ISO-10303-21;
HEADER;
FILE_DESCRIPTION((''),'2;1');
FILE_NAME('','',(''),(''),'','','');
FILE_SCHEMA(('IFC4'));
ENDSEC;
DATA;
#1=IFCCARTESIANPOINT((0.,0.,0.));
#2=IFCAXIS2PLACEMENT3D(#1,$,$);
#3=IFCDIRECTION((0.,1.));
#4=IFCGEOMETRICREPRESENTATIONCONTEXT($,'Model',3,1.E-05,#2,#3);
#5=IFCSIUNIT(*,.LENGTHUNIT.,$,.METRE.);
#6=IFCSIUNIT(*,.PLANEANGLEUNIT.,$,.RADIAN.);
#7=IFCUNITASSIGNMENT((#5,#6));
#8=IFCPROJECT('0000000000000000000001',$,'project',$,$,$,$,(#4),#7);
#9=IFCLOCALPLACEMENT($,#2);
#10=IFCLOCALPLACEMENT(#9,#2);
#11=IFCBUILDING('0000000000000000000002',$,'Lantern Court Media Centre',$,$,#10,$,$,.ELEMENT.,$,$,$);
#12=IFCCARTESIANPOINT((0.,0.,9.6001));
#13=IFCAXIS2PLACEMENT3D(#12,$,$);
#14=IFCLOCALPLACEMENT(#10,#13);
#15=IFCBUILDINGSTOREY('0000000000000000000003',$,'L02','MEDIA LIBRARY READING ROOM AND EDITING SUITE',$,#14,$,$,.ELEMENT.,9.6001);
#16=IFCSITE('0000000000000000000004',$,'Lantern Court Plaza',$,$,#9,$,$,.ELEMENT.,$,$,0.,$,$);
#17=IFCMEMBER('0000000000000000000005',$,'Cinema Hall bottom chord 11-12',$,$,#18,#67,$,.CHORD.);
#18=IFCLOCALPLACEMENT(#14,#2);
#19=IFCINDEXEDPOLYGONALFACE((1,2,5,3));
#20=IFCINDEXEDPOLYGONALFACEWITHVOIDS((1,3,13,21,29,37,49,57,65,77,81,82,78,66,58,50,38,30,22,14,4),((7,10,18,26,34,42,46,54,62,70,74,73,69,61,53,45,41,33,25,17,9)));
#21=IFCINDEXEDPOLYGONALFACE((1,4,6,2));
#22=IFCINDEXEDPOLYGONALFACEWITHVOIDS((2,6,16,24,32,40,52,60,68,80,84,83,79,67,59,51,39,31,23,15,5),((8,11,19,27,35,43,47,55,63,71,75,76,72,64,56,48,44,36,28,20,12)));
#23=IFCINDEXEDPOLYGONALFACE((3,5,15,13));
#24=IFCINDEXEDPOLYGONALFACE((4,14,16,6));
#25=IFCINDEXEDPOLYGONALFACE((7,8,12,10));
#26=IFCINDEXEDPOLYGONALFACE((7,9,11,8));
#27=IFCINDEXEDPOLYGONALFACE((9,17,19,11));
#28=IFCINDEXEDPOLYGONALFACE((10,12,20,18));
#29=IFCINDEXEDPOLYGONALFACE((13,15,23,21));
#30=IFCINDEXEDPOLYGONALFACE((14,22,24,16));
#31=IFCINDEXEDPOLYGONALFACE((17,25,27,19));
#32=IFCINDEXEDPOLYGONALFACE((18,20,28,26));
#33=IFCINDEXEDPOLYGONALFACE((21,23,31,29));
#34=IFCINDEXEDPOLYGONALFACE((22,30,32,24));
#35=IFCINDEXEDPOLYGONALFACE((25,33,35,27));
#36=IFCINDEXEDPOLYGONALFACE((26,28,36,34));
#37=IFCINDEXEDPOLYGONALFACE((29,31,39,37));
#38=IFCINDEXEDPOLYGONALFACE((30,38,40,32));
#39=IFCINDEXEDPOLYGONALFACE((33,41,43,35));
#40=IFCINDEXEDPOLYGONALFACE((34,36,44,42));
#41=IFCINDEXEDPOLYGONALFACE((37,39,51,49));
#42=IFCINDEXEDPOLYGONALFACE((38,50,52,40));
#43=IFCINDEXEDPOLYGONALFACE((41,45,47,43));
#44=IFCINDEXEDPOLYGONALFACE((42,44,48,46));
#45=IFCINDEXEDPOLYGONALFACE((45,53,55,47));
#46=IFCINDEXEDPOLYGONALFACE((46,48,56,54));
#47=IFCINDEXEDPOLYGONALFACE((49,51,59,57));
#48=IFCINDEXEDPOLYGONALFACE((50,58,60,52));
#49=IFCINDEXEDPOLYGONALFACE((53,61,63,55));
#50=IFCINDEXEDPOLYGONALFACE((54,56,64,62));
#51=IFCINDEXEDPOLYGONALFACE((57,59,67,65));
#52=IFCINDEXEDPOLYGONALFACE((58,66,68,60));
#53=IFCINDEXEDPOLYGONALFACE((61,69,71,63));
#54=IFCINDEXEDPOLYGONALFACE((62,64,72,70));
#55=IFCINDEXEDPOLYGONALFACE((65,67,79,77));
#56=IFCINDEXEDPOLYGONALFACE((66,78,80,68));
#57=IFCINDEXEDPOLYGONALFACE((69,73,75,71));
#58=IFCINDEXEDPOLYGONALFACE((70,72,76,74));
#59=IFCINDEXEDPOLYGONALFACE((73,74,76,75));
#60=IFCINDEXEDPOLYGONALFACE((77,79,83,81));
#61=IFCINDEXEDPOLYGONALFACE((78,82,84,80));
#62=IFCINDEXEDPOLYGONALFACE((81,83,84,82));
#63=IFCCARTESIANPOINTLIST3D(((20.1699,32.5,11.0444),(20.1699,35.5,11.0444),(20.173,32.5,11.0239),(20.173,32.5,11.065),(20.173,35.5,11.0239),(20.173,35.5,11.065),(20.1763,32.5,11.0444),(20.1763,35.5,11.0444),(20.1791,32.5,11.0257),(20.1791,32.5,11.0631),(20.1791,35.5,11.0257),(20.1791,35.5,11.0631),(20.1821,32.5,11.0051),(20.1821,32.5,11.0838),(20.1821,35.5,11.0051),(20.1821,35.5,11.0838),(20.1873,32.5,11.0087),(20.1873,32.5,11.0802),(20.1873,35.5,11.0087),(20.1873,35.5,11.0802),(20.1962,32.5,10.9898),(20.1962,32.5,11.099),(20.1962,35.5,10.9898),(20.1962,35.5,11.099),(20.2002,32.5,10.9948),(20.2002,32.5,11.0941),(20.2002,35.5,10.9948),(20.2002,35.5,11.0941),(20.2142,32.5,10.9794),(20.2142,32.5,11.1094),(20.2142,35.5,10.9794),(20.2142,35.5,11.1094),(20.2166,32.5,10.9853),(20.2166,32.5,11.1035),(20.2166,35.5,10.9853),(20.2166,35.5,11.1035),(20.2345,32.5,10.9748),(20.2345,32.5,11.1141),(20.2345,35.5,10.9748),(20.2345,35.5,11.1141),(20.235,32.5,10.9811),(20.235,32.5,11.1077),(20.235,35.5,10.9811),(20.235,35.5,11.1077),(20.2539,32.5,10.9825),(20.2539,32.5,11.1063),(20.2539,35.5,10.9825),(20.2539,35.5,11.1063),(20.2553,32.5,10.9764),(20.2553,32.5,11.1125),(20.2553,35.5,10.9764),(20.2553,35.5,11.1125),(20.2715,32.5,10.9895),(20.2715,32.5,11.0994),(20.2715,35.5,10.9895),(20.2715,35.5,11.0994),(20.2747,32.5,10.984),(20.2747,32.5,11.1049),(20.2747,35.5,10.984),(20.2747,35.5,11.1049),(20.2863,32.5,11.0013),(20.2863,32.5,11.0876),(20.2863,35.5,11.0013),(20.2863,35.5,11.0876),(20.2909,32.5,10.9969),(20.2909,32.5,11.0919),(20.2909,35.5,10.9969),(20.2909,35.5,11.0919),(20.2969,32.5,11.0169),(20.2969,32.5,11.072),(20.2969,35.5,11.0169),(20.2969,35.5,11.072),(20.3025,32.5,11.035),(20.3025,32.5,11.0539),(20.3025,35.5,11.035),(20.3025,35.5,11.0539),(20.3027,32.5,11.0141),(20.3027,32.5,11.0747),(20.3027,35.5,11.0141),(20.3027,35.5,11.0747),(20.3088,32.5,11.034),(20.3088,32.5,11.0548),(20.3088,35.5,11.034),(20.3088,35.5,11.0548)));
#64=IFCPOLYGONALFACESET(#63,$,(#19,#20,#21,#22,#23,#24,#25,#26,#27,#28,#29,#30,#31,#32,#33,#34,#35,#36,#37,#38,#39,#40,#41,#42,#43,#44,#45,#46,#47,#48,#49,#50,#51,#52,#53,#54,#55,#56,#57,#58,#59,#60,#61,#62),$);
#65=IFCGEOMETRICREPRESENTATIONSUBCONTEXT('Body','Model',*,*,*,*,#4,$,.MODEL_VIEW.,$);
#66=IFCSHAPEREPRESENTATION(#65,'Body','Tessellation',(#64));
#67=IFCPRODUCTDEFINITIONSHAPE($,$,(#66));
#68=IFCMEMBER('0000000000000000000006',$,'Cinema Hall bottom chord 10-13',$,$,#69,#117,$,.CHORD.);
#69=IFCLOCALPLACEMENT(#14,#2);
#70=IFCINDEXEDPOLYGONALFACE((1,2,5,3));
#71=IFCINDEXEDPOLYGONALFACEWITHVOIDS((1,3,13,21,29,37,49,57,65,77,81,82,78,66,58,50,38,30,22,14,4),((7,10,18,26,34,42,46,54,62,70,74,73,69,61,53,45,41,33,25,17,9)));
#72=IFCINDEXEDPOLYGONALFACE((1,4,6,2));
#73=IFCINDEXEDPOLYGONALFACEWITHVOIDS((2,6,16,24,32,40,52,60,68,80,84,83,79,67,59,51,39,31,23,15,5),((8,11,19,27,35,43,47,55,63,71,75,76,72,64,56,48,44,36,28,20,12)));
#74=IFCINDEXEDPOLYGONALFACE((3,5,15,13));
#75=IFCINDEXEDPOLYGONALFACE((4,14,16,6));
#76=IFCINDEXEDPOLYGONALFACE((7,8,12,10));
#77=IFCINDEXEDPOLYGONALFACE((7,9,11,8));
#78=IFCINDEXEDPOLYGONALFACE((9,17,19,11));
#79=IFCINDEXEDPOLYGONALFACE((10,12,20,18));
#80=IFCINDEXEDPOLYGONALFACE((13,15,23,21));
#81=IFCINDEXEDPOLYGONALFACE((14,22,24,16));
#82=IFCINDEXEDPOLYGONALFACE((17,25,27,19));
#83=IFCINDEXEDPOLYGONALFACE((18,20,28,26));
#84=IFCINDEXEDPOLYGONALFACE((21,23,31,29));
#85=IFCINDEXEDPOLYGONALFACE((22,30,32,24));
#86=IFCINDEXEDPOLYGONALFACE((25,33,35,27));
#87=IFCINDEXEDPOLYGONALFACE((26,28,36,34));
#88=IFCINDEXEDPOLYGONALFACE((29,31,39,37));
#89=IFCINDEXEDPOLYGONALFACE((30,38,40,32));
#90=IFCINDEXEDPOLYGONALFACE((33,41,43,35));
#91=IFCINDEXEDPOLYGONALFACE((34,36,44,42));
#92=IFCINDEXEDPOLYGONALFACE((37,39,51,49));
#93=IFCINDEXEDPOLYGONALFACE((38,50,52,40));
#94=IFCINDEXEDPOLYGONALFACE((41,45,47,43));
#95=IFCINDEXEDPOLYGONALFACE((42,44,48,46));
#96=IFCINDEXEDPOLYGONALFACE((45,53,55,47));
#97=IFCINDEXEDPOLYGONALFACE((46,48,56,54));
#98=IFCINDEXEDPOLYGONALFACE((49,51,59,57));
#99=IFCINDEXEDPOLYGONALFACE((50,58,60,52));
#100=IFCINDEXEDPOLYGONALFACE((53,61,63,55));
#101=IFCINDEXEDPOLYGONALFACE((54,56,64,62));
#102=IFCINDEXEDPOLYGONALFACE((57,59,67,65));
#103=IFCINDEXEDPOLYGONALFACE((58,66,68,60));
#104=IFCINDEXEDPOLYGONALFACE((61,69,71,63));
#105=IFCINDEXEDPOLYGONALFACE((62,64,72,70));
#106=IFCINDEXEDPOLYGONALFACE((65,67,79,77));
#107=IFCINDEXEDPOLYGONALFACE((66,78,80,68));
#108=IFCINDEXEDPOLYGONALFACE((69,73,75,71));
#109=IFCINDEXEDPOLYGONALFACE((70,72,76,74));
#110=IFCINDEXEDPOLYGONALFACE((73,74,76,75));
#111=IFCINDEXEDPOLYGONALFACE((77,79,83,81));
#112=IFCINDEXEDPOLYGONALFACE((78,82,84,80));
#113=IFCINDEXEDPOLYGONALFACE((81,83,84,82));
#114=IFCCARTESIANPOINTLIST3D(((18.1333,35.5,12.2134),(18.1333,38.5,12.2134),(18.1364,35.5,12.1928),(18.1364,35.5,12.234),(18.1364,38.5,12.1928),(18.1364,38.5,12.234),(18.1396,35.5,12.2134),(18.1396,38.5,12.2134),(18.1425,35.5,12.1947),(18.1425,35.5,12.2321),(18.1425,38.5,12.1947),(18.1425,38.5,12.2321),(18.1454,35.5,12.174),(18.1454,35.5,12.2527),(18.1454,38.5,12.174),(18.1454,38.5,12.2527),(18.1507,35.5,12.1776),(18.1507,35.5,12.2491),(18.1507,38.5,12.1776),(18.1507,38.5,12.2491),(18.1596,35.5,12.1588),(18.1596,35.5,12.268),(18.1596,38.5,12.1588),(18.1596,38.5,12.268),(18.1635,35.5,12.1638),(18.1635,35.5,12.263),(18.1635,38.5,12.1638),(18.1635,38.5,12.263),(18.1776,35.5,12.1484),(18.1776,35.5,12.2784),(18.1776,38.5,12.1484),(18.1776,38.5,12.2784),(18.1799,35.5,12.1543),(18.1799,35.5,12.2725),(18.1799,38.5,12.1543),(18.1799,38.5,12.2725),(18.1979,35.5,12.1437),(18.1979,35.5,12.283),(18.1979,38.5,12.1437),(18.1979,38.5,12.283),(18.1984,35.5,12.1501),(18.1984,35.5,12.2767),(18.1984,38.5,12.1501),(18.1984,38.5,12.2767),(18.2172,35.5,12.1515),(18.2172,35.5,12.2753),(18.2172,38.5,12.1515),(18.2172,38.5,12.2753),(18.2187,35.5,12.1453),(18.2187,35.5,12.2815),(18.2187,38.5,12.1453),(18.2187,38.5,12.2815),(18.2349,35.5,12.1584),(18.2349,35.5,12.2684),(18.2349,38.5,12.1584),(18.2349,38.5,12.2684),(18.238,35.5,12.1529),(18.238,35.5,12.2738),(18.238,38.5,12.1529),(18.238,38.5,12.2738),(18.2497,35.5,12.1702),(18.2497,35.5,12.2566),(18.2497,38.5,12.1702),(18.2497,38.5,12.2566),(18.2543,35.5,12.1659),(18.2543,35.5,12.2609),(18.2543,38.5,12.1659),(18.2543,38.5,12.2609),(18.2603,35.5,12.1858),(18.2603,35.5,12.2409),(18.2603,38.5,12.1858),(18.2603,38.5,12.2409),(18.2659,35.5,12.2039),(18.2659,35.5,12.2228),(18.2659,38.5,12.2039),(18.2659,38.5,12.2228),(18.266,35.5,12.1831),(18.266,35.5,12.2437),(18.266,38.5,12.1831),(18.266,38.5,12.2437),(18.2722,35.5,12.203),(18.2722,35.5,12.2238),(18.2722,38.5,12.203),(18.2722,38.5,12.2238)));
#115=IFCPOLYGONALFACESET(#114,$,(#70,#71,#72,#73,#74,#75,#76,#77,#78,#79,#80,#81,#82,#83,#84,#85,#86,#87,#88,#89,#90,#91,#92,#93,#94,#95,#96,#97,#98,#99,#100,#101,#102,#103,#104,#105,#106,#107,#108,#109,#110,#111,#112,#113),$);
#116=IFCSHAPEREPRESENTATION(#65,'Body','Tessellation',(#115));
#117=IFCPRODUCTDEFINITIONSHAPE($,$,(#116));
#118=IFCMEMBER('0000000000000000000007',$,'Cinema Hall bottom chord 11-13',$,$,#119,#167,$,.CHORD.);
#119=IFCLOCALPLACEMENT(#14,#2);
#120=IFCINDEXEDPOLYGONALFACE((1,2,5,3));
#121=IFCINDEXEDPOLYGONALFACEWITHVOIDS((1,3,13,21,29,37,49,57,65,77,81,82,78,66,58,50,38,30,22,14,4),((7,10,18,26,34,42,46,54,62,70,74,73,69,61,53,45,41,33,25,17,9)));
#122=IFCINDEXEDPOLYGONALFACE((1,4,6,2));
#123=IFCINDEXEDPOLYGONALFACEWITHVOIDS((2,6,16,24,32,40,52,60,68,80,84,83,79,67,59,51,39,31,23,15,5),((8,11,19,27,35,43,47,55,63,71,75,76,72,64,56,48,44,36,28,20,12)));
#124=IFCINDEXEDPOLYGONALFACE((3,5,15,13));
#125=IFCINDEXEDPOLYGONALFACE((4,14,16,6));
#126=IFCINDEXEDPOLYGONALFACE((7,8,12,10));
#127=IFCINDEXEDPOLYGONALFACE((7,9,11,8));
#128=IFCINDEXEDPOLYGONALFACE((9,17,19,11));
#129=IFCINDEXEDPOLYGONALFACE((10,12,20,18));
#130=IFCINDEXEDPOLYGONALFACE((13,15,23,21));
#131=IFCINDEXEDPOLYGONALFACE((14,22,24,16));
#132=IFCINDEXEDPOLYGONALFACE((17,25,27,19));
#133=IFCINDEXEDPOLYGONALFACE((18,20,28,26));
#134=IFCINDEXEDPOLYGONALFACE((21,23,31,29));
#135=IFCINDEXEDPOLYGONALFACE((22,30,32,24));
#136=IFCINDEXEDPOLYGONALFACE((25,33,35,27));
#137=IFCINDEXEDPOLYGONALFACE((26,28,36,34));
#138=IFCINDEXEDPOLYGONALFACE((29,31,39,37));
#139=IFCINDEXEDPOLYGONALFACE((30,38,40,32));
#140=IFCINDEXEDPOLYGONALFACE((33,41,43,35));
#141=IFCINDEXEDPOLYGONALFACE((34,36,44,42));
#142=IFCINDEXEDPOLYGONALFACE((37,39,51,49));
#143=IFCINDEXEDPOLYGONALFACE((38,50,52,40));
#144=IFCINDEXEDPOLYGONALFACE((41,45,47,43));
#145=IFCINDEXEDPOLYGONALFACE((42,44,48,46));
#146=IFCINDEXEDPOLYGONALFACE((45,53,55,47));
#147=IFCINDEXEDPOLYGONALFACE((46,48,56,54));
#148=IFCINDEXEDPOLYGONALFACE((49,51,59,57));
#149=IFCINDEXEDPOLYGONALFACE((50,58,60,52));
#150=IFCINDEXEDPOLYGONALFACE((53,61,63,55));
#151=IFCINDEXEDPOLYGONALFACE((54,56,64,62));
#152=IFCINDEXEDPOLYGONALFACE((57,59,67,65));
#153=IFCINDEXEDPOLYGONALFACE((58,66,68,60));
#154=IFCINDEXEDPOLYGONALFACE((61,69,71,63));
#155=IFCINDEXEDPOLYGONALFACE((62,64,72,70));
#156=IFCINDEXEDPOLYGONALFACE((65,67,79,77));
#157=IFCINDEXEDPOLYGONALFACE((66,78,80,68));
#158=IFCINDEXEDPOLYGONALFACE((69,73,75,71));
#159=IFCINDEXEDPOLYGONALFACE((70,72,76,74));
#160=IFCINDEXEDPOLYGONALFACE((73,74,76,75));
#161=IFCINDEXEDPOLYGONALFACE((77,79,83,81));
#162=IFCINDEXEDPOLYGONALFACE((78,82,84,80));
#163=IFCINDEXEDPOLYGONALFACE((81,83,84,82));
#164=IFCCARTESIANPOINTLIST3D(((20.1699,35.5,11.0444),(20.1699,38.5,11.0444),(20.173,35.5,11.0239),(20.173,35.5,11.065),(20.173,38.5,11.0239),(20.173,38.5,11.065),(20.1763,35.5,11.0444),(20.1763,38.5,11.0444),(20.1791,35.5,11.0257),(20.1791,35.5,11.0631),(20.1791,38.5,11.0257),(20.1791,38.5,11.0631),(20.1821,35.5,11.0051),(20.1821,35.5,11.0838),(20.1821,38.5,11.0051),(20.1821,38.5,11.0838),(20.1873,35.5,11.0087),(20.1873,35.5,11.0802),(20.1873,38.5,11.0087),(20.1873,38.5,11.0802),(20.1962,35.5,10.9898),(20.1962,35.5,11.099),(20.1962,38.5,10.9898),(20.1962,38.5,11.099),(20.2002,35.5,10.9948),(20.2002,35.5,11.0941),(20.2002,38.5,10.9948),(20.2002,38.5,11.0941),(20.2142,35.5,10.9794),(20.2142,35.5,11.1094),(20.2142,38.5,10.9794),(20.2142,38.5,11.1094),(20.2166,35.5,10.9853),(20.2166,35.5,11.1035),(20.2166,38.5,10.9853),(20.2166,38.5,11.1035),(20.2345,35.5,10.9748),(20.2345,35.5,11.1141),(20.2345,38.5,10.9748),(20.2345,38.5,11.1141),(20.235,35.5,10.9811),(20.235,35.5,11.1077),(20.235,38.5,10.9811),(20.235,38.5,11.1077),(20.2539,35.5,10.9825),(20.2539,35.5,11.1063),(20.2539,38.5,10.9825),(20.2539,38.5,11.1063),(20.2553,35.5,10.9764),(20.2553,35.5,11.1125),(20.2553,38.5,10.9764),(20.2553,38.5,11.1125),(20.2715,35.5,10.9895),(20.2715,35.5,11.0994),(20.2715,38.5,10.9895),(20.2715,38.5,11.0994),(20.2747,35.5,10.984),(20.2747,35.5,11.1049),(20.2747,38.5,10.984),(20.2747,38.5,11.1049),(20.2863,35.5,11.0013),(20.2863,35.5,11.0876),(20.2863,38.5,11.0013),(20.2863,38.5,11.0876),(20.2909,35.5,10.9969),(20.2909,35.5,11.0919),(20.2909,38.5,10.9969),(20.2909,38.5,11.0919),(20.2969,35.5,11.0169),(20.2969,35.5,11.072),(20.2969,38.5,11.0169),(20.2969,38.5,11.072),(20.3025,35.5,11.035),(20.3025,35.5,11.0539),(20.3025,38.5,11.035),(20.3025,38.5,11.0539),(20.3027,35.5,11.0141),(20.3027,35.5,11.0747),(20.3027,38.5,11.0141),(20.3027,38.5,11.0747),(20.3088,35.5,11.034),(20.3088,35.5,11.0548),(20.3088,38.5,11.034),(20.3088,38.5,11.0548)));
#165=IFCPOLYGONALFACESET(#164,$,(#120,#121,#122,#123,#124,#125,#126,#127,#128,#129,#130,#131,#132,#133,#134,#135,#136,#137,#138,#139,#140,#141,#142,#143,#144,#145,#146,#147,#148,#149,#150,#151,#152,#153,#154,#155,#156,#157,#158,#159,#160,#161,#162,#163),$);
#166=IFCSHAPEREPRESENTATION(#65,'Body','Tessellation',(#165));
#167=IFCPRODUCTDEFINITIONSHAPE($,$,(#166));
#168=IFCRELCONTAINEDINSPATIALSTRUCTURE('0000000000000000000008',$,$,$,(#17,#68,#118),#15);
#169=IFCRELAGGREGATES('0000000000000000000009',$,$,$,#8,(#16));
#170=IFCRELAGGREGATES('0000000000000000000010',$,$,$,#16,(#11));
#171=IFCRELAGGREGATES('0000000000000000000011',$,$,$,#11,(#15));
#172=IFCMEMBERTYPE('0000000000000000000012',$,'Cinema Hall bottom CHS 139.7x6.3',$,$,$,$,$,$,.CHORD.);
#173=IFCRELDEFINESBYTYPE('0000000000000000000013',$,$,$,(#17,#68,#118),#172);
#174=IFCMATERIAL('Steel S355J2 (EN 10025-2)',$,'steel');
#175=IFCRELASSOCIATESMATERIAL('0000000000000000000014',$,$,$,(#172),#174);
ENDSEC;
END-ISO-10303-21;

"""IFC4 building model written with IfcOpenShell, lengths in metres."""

from ifc_helpers import new_model, si_unit, direction, frame, origin, origin_2d, place, context, subcontext, project, spatial, hollow_circle, extrude, material, material_profile, profile_set, type_object, element, save


model = new_model("IFC4")

# Units and contexts
model_context = context("Model", 3, precision=1e-05, world=origin(), true_north=direction((0.0, 1.0)))
body_context = subcontext(model_context, "Body", "Model", "MODEL_VIEW")
ifc_project = project(units=[si_unit("LENGTHUNIT", "METRE"), si_unit("PLANEANGLEUNIT", "RADIAN")], contexts=[model_context])

# Site, building, storey
site_placement = place(None, origin())
site = spatial("IfcSite", under=ifc_project, at=site_placement, Name="Lantern Court Plaza", CompositionType="ELEMENT", RefElevation=0.0)
building_placement = place(site_placement, origin())
building = spatial("IfcBuilding", under=site, at=building_placement, Name="Lantern Court Media Centre", CompositionType="ELEMENT")
storey_placement = place(building_placement, frame((0.0, 0.0, 9.6001)))
storey = spatial("IfcBuildingStorey", under=building, at=storey_placement, Name="L02", Description="MEDIA LIBRARY READING ROOM AND EDITING SUITE", CompositionType="ELEMENT", Elevation=9.6001)

# Members
ifc_material = material(Name="Steel S355J2 (EN 10025-2)", Category="steel")
ifc_material_profile_1 = material_profile(ifc_material, hollow_circle(Radius=0.0698, WallThickness=0.0063, at=origin_2d()), Name="Cinema Hall bottom CHS 139.7x6.3")
ifc_profile_set_1 = profile_set([ifc_material_profile_1], Name="Steel S355J2 (EN 10025-2)")
member_type_1 = type_object("IfcMemberType", Name="Cinema Hall bottom CHS 139.7x6.3", PredefinedType="CHORD", material=ifc_profile_set_1)
for number, where, z_axis, x_axis, name in (
    (1, (20.2397, 32.5, 11.0444), (0.0, 1.0, 0.0), (-1.0, 0.0, 0.0), "Cinema Hall bottom chord 11-12"),
    (2, (18.2031, 35.5, 12.2134), (0.0, 1.0, 0.0), (-1.0, 0.0, 0.0), "Cinema Hall bottom chord 10-13"),
    (3, (20.2397, 35.5, 11.0444), (0.0, 1.0, 0.0), (-1.0, 0.0, 0.0), "Cinema Hall bottom chord 11-13"),
):
    element("IfcMember", number, at=place(storey_placement, frame(where, z_axis=z_axis, x_axis=x_axis)), inside=storey, type_object=member_type_1, Name=name, PredefinedType="CHORD", context=body_context, shape_type="SweptSolid", body=[
        extrude(hollow_circle(Radius=0.0698, WallThickness=0.0063, at=origin_2d()), origin(), (0.0, 0.0, 1.0), 3.0),
    ])

save(model, "model.ifc")
